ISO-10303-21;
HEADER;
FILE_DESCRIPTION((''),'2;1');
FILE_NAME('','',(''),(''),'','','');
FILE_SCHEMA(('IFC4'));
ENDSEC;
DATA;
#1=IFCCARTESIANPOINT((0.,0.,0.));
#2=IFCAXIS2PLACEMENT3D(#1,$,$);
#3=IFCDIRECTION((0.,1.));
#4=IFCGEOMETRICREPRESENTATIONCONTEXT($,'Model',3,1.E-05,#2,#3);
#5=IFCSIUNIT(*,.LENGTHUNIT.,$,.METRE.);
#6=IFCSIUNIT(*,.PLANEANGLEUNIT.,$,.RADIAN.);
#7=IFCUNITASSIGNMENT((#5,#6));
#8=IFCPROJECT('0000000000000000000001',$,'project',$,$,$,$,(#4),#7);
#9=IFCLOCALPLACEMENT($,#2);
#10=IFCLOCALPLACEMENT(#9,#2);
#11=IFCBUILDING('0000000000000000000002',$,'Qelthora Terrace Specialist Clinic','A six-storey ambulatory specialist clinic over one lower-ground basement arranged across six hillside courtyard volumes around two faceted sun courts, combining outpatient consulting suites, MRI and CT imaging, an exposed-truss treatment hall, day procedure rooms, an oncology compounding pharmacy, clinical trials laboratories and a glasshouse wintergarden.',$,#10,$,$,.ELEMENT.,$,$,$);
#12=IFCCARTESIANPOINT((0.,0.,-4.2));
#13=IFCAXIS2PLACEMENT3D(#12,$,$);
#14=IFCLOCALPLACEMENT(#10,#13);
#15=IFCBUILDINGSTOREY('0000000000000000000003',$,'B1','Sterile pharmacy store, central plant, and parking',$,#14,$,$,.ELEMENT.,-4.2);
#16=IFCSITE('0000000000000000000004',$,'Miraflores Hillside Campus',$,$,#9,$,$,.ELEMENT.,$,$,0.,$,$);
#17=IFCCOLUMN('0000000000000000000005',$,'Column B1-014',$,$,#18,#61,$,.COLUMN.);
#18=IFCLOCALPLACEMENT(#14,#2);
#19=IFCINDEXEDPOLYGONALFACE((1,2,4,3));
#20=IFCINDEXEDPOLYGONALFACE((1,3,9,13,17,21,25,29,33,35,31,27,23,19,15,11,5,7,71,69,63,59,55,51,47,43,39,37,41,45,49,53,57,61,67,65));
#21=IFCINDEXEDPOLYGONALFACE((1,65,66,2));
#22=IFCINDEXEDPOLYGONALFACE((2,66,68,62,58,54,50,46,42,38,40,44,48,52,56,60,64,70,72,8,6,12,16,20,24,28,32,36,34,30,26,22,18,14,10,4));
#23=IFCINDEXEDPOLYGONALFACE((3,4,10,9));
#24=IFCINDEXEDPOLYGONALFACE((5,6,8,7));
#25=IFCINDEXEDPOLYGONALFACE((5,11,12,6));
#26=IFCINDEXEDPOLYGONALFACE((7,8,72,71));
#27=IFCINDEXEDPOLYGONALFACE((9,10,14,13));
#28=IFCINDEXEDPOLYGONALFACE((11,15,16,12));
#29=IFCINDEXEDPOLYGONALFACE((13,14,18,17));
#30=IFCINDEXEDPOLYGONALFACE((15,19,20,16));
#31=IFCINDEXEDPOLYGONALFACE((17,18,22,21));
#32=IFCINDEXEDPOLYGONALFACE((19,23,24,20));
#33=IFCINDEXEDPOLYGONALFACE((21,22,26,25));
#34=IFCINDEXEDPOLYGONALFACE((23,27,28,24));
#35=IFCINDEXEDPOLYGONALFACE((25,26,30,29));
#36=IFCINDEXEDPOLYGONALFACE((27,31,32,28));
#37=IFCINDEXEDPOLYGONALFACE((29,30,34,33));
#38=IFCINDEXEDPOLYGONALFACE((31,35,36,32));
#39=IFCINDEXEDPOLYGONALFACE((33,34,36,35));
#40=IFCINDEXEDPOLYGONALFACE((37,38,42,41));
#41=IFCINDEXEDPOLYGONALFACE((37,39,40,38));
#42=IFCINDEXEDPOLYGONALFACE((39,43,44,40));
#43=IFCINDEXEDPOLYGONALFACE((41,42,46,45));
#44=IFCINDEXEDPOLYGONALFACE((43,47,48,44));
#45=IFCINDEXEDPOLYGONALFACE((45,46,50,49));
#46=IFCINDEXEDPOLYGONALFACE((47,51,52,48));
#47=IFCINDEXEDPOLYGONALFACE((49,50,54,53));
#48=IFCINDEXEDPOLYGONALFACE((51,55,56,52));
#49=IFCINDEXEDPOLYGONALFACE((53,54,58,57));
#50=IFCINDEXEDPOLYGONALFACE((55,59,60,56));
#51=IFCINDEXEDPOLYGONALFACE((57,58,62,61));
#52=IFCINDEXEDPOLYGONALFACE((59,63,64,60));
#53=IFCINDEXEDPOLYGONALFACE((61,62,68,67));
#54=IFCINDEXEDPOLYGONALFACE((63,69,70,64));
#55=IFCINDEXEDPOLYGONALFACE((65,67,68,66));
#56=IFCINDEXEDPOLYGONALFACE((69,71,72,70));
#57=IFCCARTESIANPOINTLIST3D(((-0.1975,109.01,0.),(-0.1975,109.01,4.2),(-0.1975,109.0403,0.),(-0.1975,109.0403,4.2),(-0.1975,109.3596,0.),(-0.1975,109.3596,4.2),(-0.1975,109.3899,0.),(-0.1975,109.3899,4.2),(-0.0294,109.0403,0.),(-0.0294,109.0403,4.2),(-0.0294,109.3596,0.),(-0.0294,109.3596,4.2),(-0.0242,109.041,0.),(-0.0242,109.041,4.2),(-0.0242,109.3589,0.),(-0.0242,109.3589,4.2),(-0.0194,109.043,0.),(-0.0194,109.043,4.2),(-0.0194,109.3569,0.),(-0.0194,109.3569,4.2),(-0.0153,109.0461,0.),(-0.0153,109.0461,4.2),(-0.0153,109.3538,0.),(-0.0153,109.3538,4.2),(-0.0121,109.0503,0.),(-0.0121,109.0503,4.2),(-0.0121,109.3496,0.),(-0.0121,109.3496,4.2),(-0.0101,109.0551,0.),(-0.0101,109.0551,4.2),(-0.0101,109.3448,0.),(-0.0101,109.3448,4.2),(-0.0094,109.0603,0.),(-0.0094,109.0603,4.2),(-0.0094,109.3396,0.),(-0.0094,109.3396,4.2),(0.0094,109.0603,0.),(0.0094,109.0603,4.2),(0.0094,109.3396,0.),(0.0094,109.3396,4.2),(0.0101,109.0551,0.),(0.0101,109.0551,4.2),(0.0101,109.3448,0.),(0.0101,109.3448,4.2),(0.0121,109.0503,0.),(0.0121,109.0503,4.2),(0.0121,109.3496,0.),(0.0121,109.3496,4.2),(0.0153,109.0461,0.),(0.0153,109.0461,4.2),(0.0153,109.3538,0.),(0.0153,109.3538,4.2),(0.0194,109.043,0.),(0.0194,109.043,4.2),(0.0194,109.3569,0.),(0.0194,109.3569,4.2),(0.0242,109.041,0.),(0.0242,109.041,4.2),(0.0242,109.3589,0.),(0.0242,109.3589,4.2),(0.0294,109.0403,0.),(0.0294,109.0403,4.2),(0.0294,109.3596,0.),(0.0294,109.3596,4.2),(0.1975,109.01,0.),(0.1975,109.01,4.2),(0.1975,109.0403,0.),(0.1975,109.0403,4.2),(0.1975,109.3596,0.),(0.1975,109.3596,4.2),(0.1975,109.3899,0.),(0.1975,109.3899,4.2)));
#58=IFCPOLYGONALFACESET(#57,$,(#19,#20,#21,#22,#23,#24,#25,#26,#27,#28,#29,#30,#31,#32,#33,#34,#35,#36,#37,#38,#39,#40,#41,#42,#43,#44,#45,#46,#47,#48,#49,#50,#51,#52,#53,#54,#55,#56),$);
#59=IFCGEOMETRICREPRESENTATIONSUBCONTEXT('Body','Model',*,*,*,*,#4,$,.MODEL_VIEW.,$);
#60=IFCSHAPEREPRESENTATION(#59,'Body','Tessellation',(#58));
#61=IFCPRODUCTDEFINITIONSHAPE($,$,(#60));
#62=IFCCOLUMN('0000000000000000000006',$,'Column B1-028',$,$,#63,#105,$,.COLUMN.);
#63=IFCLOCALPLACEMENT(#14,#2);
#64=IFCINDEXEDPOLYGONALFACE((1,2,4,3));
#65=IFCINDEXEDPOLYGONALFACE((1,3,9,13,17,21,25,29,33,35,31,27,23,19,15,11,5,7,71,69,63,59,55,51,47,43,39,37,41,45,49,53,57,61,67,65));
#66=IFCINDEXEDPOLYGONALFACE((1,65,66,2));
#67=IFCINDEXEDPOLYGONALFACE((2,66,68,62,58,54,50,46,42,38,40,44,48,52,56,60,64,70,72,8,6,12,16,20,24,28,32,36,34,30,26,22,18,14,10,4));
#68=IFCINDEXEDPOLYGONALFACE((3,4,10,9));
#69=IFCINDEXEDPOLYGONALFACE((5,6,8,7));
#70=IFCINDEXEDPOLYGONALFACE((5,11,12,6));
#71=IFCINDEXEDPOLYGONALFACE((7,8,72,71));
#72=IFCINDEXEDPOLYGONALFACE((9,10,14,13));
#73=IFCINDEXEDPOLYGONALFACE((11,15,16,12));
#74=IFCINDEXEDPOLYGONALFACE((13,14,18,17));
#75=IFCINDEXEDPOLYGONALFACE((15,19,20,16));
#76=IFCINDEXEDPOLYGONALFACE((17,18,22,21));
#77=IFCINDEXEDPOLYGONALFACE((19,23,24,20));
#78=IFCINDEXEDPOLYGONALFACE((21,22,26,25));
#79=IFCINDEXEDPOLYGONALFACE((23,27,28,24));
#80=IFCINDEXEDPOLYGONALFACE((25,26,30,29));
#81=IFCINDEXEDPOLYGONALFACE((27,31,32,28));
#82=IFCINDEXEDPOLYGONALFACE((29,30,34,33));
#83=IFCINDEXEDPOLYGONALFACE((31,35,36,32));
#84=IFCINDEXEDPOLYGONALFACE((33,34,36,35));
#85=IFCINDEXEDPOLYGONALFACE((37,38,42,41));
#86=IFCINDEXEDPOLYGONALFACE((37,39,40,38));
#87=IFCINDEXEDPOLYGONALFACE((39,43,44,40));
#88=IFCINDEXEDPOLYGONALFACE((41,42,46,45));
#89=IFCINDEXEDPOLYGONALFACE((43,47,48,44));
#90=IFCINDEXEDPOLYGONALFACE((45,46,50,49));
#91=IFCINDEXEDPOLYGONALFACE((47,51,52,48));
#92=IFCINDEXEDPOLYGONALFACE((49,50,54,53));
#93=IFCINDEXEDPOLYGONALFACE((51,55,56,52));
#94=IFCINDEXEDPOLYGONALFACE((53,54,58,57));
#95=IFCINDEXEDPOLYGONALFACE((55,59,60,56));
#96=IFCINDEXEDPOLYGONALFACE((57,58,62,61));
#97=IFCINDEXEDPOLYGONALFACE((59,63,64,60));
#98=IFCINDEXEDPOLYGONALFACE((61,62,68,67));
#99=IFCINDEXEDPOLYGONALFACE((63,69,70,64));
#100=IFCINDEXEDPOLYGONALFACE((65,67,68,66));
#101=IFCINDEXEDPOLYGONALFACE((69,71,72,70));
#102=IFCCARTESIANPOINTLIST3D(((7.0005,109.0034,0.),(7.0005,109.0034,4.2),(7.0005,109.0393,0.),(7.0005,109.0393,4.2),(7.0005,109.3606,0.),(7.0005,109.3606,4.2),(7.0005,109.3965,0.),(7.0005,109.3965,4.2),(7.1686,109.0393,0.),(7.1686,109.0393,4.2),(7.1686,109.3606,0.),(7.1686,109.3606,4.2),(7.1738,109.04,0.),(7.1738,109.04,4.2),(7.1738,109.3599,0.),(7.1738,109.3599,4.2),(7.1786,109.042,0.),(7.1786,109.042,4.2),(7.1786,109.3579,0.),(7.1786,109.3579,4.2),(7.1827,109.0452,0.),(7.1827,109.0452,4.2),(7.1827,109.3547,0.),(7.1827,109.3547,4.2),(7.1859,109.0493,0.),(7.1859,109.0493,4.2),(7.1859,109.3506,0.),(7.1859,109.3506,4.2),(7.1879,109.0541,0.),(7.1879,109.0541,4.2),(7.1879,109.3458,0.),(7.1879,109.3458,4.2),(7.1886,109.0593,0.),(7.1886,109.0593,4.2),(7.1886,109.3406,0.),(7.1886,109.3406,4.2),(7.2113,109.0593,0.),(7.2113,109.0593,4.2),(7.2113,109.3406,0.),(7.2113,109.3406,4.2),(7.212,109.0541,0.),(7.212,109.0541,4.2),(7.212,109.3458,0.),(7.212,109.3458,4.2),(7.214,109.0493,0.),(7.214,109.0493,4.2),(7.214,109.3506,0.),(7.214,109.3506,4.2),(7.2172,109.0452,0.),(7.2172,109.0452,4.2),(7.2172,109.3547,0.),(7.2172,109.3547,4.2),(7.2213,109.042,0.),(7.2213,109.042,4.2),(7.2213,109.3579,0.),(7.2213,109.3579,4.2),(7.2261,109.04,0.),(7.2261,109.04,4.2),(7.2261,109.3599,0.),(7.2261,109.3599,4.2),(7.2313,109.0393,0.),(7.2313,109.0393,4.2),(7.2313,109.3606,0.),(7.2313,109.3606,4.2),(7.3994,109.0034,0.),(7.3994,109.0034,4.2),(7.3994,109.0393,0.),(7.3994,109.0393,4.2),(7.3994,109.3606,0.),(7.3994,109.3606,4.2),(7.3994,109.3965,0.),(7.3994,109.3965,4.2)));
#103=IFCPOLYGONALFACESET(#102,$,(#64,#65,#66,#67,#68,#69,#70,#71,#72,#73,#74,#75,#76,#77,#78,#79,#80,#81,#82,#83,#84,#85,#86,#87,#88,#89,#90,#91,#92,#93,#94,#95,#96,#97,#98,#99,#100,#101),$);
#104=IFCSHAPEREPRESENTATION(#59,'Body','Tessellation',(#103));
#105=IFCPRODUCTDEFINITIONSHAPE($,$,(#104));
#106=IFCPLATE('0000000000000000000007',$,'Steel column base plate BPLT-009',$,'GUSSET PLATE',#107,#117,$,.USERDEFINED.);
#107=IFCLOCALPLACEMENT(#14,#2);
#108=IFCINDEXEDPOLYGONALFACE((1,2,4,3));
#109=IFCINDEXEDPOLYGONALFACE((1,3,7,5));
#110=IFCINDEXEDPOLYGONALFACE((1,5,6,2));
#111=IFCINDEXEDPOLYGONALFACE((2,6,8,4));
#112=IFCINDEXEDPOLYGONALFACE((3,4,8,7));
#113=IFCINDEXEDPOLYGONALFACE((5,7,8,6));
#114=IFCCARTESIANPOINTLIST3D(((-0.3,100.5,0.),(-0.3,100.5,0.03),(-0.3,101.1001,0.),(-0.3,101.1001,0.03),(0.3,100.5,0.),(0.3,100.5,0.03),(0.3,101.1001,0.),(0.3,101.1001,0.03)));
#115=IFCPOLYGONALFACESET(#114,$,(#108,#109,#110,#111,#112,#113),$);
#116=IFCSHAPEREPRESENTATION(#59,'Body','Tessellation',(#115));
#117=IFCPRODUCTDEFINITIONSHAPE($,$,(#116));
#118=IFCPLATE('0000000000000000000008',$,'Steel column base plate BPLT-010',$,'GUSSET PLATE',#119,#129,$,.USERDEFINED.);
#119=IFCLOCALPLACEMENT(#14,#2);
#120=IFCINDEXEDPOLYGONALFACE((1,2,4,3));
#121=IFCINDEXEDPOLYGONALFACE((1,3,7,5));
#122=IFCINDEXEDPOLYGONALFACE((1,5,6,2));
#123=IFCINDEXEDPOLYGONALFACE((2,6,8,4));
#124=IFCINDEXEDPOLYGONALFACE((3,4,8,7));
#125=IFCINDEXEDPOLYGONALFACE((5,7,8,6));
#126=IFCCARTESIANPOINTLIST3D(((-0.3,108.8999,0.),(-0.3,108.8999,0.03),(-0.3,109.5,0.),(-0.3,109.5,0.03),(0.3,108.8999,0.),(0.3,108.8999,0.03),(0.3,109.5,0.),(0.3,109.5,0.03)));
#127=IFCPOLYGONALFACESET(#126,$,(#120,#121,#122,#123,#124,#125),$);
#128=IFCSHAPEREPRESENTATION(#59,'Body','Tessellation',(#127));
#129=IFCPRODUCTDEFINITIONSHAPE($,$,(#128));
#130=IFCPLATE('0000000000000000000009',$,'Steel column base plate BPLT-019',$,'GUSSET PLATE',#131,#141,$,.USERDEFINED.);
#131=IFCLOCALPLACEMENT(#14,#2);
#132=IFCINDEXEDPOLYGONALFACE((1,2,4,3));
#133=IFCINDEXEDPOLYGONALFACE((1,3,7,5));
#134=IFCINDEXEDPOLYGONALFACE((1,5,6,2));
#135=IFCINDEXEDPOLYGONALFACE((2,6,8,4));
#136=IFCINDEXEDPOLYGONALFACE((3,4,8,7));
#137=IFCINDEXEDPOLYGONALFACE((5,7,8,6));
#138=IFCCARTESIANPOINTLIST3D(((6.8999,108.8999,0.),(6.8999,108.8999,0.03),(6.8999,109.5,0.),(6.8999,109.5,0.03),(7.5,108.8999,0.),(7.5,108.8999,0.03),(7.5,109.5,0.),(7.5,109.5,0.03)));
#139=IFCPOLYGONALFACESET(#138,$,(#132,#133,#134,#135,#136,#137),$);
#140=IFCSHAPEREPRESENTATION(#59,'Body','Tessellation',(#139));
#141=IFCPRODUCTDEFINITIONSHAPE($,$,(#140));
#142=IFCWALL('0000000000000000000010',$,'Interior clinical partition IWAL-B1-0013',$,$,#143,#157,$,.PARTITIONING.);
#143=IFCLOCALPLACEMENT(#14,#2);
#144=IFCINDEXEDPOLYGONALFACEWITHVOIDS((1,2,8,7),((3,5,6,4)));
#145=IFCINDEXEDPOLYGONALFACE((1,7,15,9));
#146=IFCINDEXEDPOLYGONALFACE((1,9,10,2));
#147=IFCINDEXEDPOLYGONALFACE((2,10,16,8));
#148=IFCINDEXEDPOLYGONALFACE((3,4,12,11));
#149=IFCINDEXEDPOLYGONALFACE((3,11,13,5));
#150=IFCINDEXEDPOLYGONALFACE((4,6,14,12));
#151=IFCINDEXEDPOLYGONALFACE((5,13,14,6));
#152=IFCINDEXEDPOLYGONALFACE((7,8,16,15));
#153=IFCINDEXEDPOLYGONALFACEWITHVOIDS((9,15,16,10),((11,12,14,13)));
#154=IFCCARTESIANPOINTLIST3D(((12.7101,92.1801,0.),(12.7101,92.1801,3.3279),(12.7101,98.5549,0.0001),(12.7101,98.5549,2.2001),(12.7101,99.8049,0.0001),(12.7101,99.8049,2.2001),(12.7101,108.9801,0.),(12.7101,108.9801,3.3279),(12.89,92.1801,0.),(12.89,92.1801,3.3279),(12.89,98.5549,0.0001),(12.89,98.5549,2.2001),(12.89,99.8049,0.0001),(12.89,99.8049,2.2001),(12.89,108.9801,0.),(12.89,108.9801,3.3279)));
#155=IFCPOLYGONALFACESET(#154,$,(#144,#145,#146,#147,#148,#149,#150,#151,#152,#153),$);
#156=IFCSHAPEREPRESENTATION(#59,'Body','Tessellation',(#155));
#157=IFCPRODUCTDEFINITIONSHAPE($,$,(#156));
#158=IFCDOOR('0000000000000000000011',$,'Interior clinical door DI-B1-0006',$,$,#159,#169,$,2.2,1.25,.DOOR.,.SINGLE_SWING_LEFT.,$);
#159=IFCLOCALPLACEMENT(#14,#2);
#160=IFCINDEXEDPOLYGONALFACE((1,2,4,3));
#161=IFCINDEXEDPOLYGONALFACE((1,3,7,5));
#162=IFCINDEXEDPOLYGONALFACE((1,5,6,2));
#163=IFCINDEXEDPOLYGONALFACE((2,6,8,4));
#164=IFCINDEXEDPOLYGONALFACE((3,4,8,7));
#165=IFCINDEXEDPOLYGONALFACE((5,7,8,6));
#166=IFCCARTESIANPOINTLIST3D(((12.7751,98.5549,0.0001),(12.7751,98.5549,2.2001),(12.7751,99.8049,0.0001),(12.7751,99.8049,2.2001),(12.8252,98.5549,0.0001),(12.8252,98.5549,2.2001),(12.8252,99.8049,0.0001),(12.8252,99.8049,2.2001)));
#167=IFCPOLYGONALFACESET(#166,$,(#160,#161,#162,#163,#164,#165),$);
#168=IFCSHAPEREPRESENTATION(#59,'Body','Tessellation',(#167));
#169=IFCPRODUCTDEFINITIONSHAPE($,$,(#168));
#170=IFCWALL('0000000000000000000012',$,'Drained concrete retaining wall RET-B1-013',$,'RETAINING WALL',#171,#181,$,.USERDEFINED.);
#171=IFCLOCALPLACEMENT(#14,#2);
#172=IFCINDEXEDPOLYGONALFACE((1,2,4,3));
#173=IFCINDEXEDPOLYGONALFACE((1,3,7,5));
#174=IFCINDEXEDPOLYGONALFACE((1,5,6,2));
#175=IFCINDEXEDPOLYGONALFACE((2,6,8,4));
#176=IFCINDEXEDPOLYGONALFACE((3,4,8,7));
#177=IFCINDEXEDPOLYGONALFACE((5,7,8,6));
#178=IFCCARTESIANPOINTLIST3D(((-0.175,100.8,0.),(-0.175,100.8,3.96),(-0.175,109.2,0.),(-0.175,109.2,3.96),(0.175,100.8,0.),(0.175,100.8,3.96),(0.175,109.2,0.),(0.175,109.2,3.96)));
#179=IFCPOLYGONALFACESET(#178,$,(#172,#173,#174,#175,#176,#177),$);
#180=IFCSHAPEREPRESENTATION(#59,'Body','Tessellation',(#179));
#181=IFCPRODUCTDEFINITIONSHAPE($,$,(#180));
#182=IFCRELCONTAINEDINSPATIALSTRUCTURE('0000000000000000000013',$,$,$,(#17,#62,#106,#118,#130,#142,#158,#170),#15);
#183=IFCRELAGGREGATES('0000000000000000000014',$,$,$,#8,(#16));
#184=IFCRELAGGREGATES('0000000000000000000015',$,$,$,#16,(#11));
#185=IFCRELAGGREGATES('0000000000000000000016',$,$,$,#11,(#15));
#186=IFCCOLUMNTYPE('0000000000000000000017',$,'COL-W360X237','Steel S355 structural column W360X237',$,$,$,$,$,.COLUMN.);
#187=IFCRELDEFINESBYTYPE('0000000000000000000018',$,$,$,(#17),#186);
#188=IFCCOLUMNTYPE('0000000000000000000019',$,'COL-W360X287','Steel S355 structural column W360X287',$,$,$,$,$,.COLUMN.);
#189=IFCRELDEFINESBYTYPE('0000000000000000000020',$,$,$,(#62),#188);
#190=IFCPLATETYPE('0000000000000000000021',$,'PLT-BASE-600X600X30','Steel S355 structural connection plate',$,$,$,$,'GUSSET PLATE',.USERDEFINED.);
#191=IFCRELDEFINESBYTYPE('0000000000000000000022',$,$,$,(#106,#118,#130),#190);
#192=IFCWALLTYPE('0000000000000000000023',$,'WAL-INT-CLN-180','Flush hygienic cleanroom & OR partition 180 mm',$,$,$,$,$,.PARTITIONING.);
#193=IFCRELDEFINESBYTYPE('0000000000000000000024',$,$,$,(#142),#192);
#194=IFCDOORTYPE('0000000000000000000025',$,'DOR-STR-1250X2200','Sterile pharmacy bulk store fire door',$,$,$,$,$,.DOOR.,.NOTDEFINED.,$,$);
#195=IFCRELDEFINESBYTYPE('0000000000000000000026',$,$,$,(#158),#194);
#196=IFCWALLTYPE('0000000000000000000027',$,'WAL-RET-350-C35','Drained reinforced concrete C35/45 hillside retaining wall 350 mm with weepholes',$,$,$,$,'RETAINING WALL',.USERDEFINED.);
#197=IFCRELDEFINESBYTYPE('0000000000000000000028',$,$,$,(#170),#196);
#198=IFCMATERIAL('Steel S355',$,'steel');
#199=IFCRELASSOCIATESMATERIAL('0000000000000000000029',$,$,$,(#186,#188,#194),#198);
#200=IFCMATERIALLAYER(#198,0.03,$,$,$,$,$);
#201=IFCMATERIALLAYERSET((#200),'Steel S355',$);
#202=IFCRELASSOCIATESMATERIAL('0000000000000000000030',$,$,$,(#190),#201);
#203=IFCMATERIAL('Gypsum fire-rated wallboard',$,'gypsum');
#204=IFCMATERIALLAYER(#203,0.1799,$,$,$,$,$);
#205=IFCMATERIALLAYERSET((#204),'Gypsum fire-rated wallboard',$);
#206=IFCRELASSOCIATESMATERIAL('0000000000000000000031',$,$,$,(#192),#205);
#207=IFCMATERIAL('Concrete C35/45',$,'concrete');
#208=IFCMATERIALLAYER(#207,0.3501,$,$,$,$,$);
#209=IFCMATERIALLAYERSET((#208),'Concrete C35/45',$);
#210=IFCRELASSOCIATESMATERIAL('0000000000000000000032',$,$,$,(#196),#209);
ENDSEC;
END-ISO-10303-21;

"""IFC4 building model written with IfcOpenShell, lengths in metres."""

from ifc_helpers import new_model, si_unit, direction, frame, frame_2d, origin, origin_2d, place, context, subcontext, project, spatial, rectangle, i_section, extrude, material, layer, layer_set, material_profile, profile_set, type_object, element, fill, save


model = new_model("IFC4")

# Units and contexts
model_context = context("Model", 3, precision=1e-05, world=origin(), true_north=direction((0.0, 1.0)))
body_context = subcontext(model_context, "Body", "Model", "MODEL_VIEW")
ifc_project = project(units=[si_unit("LENGTHUNIT", "METRE"), si_unit("PLANEANGLEUNIT", "RADIAN")], contexts=[model_context])

# Site, building, storey
site_placement = place(None, origin())
site = spatial("IfcSite", under=ifc_project, at=site_placement, Name="Miraflores Hillside Campus", CompositionType="ELEMENT", RefElevation=0.0)
building_placement = place(site_placement, origin())
building = spatial("IfcBuilding", under=site, at=building_placement, Name="Qelthora Terrace Specialist Clinic", Description="A six-storey ambulatory specialist clinic over one lower-ground basement arranged across six hillside courtyard volumes around two faceted sun courts, combining outpatient consulting suites, MRI and CT imaging, an exposed-truss treatment hall, day procedure rooms, an oncology compounding pharmacy, clinical trials laboratories and a glasshouse wintergarden.", CompositionType="ELEMENT")
storey_placement = place(building_placement, frame((0.0, 0.0, -4.2)))
storey = spatial("IfcBuildingStorey", under=building, at=storey_placement, Name="B1", Description="Sterile pharmacy store, central plant, and parking", CompositionType="ELEMENT", Elevation=-4.2)

# Shared definitions
ifc_material_1 = material(Name="Concrete C35/45", Category="concrete")

# Columns
ifc_material_2 = material(Name="Steel S355", Category="steel")
ifc_material_profile_1 = material_profile(ifc_material_2, i_section(OverallWidth=0.395, OverallDepth=0.3799, WebThickness=0.0188, FlangeThickness=0.0303, FilletRadius=0.02, at=origin_2d()), Name="W360X237")
ifc_profile_set_1 = profile_set([ifc_material_profile_1], Name="Steel S355")
column_type_1 = type_object("IfcColumnType", Name="COL-W360X237", Description="Steel S355 structural column W360X237", PredefinedType="COLUMN", material=ifc_profile_set_1)
column_1_placement = place(storey_placement, frame((0.0, 109.2, 0.0), z_axis=(0.0, 0.0, 1.0), x_axis=(1.0, 0.0, 0.0)))
element("IfcColumn", 1, at=column_1_placement, inside=storey, type_object=column_type_1, Name="Column B1-014", PredefinedType="COLUMN", context=body_context, shape_type="SweptSolid", body=[
    extrude(i_section(OverallWidth=0.395, OverallDepth=0.3799, WebThickness=0.0188, FlangeThickness=0.0303, FilletRadius=0.02, at=origin_2d()), origin(), (0.0, 0.0, 1.0), 4.2),
])
ifc_material_profile_2 = material_profile(ifc_material_2, i_section(OverallWidth=0.3989, OverallDepth=0.3931, WebThickness=0.0227, FlangeThickness=0.0359, FilletRadius=0.02, at=origin_2d()), Name="W360X287")
ifc_profile_set_2 = profile_set([ifc_material_profile_2], Name="Steel S355")
column_type_2 = type_object("IfcColumnType", Name="COL-W360X287", Description="Steel S355 structural column W360X287", PredefinedType="COLUMN", material=ifc_profile_set_2)
column_2_placement = place(storey_placement, frame((7.2, 109.2, 0.0), z_axis=(0.0, 0.0, 1.0), x_axis=(1.0, 0.0, 0.0)))
element("IfcColumn", 2, at=column_2_placement, inside=storey, type_object=column_type_2, Name="Column B1-028", PredefinedType="COLUMN", context=body_context, shape_type="SweptSolid", body=[
    extrude(i_section(OverallWidth=0.3989, OverallDepth=0.3931, WebThickness=0.0227, FlangeThickness=0.0359, FilletRadius=0.02, at=origin_2d()), origin(), (0.0, 0.0, 1.0), 4.2),
])

# Plates
ifc_layer_1 = layer(ifc_material_2, 0.03)
ifc_layer_set_1 = layer_set([ifc_layer_1], Name="Steel S355")
plate_type = type_object("IfcPlateType", Name="PLT-BASE-600X600X30", Description="Steel S355 structural connection plate", ElementType="GUSSET PLATE", PredefinedType="USERDEFINED", material=ifc_layer_set_1)
for number, where, z_axis, x_axis, name in (
    (3, (0.0, 100.8, 0.0), (0.0, 0.0, 1.0), (1.0, 0.0, 0.0), "Steel column base plate BPLT-009"),
    (4, (0.0, 109.2, 0.0), (0.0, 0.0, 1.0), (1.0, 0.0, 0.0), "Steel column base plate BPLT-010"),
    (5, (7.2, 109.2, 0.0), (0.0, 0.0, 1.0), (1.0, 0.0, 0.0), "Steel column base plate BPLT-019"),
):
    element("IfcPlate", number, at=place(storey_placement, frame(where, z_axis=z_axis, x_axis=x_axis)), inside=storey, type_object=plate_type, Name=name, ObjectType="GUSSET PLATE", PredefinedType="USERDEFINED", context=body_context, shape_type="SweptSolid", body=[
        extrude(rectangle(XDim=0.6001, YDim=0.6001, at=origin_2d()), origin(), (0.0, 0.0, 1.0), 0.03),
    ])

# Wall, opening, door
ifc_material_3 = material(Name="Gypsum fire-rated wallboard", Category="gypsum")
ifc_layer_2 = layer(ifc_material_3, 0.1799)
ifc_layer_set_2 = layer_set([ifc_layer_2], Name="Gypsum fire-rated wallboard")
wall_type_1 = type_object("IfcWallType", Name="WAL-INT-CLN-180", Description="Flush hygienic cleanroom & OR partition 180 mm", PredefinedType="PARTITIONING", material=ifc_layer_set_2)
wall_1_placement = place(storey_placement, frame((12.8, 108.98, 0.0), z_axis=(0.0, 0.0, 1.0), x_axis=(0.0, -1.0, 0.0)))
wall_1 = element("IfcWall", 6, at=wall_1_placement, inside=storey, type_object=wall_type_1, Name="Interior clinical partition IWAL-B1-0013", PredefinedType="PARTITIONING", context=body_context, shape_type="SweptSolid", body=[
    extrude(rectangle(XDim=16.8, YDim=0.1799, at=frame_2d((8.3999, 0.0))), origin(), (0.0, 0.0, 1.0), 3.3279),
])
opening_placement = place(wall_1_placement, frame((9.175, 0.0, 0.0)))
opening = element("IfcOpeningElement", 7, at=opening_placement, cuts=wall_1, PredefinedType="OPENING", context=body_context, shape_type="SweptSolid", body=[
    extrude(rectangle(XDim=1.25, YDim=2.2, at=frame_2d((0.625, 1.1001))), frame((0.0, 0.0999, 0.0), z_axis=(0.0, -1.0, 0.0), x_axis=(1.0, 0.0, 0.0)), (0.0, 0.0, 1.0), 0.2),
])
door_type = type_object("IfcDoorType", Name="DOR-STR-1250X2200", Description="Sterile pharmacy bulk store fire door", OperationType="NOTDEFINED", PredefinedType="DOOR", material=ifc_material_2)
door_placement = place(opening_placement, frame((1.25, 0.0, 0.0), z_axis=(0.0, 0.0, 1.0), x_axis=(-1.0, 0.0, 0.0)))
door = element("IfcDoor", 8, at=door_placement, inside=storey, type_object=door_type, Name="Interior clinical door DI-B1-0006", OperationType="SINGLE_SWING_LEFT", OverallHeight=2.2, OverallWidth=1.25, PredefinedType="DOOR", context=body_context, shape_type="SweptSolid", body=[
    extrude(rectangle(XDim=1.25, YDim=2.2, at=frame_2d((0.625, 1.1001))), frame((0.0, 0.0249, 0.0), z_axis=(0.0, -1.0, 0.0), x_axis=(1.0, 0.0, 0.0)), (0.0, 0.0, 1.0), 0.05),
])
fill(opening, door)

# Wall
ifc_layer_3 = layer(ifc_material_1, 0.3501)
ifc_layer_set_3 = layer_set([ifc_layer_3], Name="Concrete C35/45")
wall_type_2 = type_object("IfcWallType", Name="WAL-RET-350-C35", Description="Drained reinforced concrete C35/45 hillside retaining wall 350 mm with weepholes", ElementType="RETAINING WALL", PredefinedType="USERDEFINED", material=ifc_layer_set_3)
wall_2_placement = place(storey_placement, frame((0.0, 100.8, 0.0), z_axis=(0.0, 0.0, 1.0), x_axis=(0.0, 1.0, 0.0)))
element("IfcWall", 9, at=wall_2_placement, inside=storey, type_object=wall_type_2, Name="Drained concrete retaining wall RET-B1-013", ObjectType="RETAINING WALL", PredefinedType="USERDEFINED", context=body_context, shape_type="SweptSolid", body=[
    extrude(rectangle(XDim=8.3999, YDim=0.3501, at=frame_2d((4.2, 0.0))), origin(), (0.0, 0.0, 1.0), 3.96),
])

save(model, "model.ifc")
